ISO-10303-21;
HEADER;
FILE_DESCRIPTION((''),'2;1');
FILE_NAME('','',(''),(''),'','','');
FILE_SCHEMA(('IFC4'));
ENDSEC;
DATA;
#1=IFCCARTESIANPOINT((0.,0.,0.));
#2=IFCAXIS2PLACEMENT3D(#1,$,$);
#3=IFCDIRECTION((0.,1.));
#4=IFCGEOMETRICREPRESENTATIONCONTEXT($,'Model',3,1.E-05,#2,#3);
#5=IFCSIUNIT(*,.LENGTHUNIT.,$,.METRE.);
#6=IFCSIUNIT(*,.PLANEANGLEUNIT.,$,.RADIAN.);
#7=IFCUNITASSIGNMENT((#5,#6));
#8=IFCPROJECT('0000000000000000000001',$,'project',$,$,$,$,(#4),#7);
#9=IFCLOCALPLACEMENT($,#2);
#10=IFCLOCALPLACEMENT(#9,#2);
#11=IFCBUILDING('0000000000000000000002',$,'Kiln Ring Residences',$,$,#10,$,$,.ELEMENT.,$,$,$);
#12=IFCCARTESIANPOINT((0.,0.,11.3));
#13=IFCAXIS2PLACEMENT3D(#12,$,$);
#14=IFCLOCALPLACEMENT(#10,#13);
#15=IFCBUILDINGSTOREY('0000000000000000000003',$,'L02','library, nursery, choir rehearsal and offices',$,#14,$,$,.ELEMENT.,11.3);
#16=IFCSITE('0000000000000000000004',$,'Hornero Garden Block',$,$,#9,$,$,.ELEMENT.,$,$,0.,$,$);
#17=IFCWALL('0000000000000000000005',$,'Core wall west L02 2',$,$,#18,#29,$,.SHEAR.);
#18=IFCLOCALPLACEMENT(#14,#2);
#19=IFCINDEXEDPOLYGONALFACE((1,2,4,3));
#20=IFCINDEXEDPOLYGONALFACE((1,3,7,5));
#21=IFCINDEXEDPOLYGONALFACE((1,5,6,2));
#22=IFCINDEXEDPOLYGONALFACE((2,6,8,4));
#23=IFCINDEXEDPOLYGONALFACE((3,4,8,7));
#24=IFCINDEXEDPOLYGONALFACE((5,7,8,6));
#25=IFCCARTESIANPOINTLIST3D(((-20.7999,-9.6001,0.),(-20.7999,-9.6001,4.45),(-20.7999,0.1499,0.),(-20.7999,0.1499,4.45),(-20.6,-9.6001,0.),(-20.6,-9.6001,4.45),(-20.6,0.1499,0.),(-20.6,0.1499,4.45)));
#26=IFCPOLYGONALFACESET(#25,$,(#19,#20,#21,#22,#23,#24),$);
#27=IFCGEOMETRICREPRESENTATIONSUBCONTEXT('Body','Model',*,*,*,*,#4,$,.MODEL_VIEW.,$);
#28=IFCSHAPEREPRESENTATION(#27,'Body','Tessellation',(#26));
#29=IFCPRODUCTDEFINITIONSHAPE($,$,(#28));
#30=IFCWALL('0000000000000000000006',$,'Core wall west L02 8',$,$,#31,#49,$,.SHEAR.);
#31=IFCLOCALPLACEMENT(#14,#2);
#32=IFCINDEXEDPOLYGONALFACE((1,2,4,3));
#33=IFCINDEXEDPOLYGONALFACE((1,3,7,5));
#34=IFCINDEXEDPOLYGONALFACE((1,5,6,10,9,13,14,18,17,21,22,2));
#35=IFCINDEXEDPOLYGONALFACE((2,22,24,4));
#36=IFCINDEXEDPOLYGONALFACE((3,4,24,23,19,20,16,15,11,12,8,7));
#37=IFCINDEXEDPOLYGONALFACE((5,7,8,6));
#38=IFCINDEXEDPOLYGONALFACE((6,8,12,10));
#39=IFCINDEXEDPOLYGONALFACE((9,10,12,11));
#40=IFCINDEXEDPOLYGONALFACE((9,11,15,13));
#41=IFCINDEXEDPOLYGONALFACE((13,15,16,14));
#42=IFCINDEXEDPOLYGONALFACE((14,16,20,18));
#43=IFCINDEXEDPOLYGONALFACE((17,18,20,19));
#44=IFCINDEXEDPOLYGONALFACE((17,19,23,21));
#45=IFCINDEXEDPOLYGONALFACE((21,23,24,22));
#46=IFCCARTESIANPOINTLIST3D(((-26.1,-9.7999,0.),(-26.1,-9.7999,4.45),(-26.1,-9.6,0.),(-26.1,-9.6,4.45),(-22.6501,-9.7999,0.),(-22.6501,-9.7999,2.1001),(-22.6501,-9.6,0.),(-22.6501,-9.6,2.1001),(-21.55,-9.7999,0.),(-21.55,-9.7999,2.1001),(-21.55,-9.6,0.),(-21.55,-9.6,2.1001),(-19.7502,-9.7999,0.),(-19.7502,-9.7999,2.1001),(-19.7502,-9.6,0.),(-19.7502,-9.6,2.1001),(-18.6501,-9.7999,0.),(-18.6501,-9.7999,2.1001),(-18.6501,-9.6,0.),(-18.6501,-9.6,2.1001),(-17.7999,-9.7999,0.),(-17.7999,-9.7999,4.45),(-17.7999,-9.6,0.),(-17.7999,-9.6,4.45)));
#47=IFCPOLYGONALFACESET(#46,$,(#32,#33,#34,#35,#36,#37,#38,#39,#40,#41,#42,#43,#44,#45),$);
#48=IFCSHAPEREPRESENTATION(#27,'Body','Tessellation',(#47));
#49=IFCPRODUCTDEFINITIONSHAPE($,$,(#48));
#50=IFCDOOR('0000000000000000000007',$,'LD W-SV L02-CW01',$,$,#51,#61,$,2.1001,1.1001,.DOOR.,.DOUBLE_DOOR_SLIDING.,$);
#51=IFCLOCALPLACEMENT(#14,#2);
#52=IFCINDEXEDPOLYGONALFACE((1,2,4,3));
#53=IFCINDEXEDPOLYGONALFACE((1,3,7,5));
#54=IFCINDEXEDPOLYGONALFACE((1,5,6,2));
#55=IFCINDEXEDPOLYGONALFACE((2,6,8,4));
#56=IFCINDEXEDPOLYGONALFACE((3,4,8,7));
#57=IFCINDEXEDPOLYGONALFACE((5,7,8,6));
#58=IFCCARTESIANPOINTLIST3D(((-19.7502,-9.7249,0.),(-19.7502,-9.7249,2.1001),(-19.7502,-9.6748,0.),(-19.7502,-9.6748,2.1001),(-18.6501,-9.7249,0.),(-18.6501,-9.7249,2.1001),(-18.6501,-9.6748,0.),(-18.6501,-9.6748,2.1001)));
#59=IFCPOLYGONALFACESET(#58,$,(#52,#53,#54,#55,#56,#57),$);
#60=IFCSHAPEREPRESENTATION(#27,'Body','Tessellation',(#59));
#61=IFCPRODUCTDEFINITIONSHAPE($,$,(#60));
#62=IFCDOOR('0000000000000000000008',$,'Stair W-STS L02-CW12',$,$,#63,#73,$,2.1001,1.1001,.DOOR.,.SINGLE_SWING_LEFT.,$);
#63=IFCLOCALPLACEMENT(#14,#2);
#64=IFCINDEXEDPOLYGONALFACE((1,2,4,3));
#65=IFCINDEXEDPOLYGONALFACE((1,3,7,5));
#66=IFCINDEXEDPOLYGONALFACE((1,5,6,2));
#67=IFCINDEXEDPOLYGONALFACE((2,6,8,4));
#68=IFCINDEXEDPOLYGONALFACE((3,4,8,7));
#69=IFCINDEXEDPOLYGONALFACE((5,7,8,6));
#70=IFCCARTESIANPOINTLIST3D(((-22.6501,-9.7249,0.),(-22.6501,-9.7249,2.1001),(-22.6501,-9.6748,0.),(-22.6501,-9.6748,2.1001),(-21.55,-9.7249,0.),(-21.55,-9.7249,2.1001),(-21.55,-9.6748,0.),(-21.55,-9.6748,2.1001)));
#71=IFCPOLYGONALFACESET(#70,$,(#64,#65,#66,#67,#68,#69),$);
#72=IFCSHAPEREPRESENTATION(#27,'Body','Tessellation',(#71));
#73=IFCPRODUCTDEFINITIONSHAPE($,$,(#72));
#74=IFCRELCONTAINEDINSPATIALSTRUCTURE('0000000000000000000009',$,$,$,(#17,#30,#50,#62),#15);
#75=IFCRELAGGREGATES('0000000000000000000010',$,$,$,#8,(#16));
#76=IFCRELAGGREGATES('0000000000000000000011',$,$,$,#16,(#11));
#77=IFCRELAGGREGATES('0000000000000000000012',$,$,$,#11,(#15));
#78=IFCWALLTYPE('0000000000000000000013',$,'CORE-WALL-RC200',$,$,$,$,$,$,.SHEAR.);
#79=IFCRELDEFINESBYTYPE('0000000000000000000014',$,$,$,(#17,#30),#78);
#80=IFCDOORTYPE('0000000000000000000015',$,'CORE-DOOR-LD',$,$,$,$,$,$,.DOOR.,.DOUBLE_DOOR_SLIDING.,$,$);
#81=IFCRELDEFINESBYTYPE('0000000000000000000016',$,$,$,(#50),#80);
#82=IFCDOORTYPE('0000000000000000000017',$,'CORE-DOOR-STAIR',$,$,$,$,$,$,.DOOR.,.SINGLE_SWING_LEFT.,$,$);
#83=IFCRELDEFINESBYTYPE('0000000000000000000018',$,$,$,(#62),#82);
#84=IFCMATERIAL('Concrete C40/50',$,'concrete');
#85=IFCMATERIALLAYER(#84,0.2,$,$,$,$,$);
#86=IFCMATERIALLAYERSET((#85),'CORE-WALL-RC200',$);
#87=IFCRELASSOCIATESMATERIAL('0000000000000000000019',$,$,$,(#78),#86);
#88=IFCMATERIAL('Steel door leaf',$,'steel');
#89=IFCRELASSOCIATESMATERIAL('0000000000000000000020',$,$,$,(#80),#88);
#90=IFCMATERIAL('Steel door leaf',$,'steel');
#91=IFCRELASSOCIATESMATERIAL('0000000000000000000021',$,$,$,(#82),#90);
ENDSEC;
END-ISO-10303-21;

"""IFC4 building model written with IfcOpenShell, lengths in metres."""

from ifc_helpers import new_model, si_unit, direction, frame, frame_2d, origin, place, context, subcontext, project, spatial, rectangle, extrude, material, layer, layer_set, type_object, element, fill, save


model = new_model("IFC4")

# Units and contexts
model_context = context("Model", 3, precision=1e-05, world=origin(), true_north=direction((0.0, 1.0)))
body_context = subcontext(model_context, "Body", "Model", "MODEL_VIEW")
ifc_project = project(units=[si_unit("LENGTHUNIT", "METRE"), si_unit("PLANEANGLEUNIT", "RADIAN")], contexts=[model_context])

# Site, building, storey
site_placement = place(None, origin())
site = spatial("IfcSite", under=ifc_project, at=site_placement, Name="Hornero Garden Block", CompositionType="ELEMENT", RefElevation=0.0)
building_placement = place(site_placement, origin())
building = spatial("IfcBuilding", under=site, at=building_placement, Name="Kiln Ring Residences", CompositionType="ELEMENT")
storey_placement = place(building_placement, frame((0.0, 0.0, 11.3)))
storey = spatial("IfcBuildingStorey", under=building, at=storey_placement, Name="L02", Description="library, nursery, choir rehearsal and offices", CompositionType="ELEMENT", Elevation=11.3)

# Wall
ifc_material_1 = material(Name="Concrete C40/50", Category="concrete")
ifc_layer_1 = layer(ifc_material_1, 0.2)
ifc_layer_set_1 = layer_set([ifc_layer_1], Name="CORE-WALL-RC200")
wall_type_1 = type_object("IfcWallType", Name="CORE-WALL-RC200", PredefinedType="SHEAR", material=ifc_layer_set_1)
wall_1_placement = place(storey_placement, frame((-20.7, -9.6001, 0.0), z_axis=(0.0, 0.0, 1.0), x_axis=(0.0, 1.0, 0.0)))
element("IfcWall", 1, at=wall_1_placement, inside=storey, type_object=wall_type_1, Name="Core wall west L02 2", PredefinedType="SHEAR", context=body_context, shape_type="SweptSolid", body=[
    extrude(rectangle(XDim=9.75, YDim=0.2, at=frame_2d((4.875, 0.0))), origin(), (0.0, 0.0, 1.0), 4.45),
])

# Wall, openings, doors
wall_2_placement = place(storey_placement, frame((-17.8, -9.7, 0.0), z_axis=(0.0, 0.0, 1.0), x_axis=(-1.0, 0.0, 0.0)))
wall_2 = element("IfcWall", 2, at=wall_2_placement, inside=storey, type_object=wall_type_1, Name="Core wall west L02 8", PredefinedType="SHEAR", context=body_context, shape_type="SweptSolid", body=[
    extrude(rectangle(XDim=8.3, YDim=0.2, at=frame_2d((4.1499, 0.0))), origin(), (0.0, 0.0, 1.0), 4.45),
])
opening_1_placement = place(wall_2_placement, frame((0.8501, 0.0, 0.0)))
opening_1 = element("IfcOpeningElement", 3, at=opening_1_placement, cuts=wall_2, PredefinedType="OPENING", context=body_context, shape_type="SweptSolid", body=[
    extrude(rectangle(XDim=1.1001, YDim=2.1001, at=frame_2d((0.55, 1.05))), frame((0.0, 0.1099, 0.0), z_axis=(0.0, -1.0, 0.0), x_axis=(1.0, 0.0, 0.0)), (0.0, 0.0, 1.0), 0.22),
])
opening_2_placement = place(wall_2_placement, frame((3.75, 0.0, 0.0)))
opening_2 = element("IfcOpeningElement", 4, at=opening_2_placement, cuts=wall_2, PredefinedType="OPENING", context=body_context, shape_type="SweptSolid", body=[
    extrude(rectangle(XDim=1.1001, YDim=2.1001, at=frame_2d((0.55, 1.05))), frame((0.0, 0.1099, 0.0), z_axis=(0.0, -1.0, 0.0), x_axis=(1.0, 0.0, 0.0)), (0.0, 0.0, 1.0), 0.22),
])
ifc_material_2 = material(Name="Steel door leaf", Category="steel")
door_type_1 = type_object("IfcDoorType", Name="CORE-DOOR-LD", OperationType="DOUBLE_DOOR_SLIDING", PredefinedType="DOOR", material=ifc_material_2)
door_1_placement = place(opening_1_placement, origin())
door_1 = element("IfcDoor", 5, at=door_1_placement, inside=storey, type_object=door_type_1, Name="LD W-SV L02-CW01", OperationType="DOUBLE_DOOR_SLIDING", OverallHeight=2.1001, OverallWidth=1.1001, PredefinedType="DOOR", context=body_context, shape_type="SweptSolid", body=[
    extrude(rectangle(XDim=1.1001, YDim=2.1001, at=frame_2d((0.55, 1.05))), frame((0.0, 0.0249, 0.0), z_axis=(0.0, -1.0, 0.0), x_axis=(1.0, 0.0, 0.0)), (0.0, 0.0, 1.0), 0.05),
])
fill(opening_1, door_1)
ifc_material_3 = material(Name="Steel door leaf", Category="steel")
door_type_2 = type_object("IfcDoorType", Name="CORE-DOOR-STAIR", OperationType="SINGLE_SWING_LEFT", PredefinedType="DOOR", material=ifc_material_3)
door_2_placement = place(opening_2_placement, origin())
door_2 = element("IfcDoor", 6, at=door_2_placement, inside=storey, type_object=door_type_2, Name="Stair W-STS L02-CW12", OperationType="SINGLE_SWING_LEFT", OverallHeight=2.1001, OverallWidth=1.1001, PredefinedType="DOOR", context=body_context, shape_type="SweptSolid", body=[
    extrude(rectangle(XDim=1.1001, YDim=2.1001, at=frame_2d((0.55, 1.05))), frame((0.0, 0.0249, 0.0), z_axis=(0.0, -1.0, 0.0), x_axis=(1.0, 0.0, 0.0)), (0.0, 0.0, 1.0), 0.05),
])
fill(opening_2, door_2)

save(model, "model.ifc")
